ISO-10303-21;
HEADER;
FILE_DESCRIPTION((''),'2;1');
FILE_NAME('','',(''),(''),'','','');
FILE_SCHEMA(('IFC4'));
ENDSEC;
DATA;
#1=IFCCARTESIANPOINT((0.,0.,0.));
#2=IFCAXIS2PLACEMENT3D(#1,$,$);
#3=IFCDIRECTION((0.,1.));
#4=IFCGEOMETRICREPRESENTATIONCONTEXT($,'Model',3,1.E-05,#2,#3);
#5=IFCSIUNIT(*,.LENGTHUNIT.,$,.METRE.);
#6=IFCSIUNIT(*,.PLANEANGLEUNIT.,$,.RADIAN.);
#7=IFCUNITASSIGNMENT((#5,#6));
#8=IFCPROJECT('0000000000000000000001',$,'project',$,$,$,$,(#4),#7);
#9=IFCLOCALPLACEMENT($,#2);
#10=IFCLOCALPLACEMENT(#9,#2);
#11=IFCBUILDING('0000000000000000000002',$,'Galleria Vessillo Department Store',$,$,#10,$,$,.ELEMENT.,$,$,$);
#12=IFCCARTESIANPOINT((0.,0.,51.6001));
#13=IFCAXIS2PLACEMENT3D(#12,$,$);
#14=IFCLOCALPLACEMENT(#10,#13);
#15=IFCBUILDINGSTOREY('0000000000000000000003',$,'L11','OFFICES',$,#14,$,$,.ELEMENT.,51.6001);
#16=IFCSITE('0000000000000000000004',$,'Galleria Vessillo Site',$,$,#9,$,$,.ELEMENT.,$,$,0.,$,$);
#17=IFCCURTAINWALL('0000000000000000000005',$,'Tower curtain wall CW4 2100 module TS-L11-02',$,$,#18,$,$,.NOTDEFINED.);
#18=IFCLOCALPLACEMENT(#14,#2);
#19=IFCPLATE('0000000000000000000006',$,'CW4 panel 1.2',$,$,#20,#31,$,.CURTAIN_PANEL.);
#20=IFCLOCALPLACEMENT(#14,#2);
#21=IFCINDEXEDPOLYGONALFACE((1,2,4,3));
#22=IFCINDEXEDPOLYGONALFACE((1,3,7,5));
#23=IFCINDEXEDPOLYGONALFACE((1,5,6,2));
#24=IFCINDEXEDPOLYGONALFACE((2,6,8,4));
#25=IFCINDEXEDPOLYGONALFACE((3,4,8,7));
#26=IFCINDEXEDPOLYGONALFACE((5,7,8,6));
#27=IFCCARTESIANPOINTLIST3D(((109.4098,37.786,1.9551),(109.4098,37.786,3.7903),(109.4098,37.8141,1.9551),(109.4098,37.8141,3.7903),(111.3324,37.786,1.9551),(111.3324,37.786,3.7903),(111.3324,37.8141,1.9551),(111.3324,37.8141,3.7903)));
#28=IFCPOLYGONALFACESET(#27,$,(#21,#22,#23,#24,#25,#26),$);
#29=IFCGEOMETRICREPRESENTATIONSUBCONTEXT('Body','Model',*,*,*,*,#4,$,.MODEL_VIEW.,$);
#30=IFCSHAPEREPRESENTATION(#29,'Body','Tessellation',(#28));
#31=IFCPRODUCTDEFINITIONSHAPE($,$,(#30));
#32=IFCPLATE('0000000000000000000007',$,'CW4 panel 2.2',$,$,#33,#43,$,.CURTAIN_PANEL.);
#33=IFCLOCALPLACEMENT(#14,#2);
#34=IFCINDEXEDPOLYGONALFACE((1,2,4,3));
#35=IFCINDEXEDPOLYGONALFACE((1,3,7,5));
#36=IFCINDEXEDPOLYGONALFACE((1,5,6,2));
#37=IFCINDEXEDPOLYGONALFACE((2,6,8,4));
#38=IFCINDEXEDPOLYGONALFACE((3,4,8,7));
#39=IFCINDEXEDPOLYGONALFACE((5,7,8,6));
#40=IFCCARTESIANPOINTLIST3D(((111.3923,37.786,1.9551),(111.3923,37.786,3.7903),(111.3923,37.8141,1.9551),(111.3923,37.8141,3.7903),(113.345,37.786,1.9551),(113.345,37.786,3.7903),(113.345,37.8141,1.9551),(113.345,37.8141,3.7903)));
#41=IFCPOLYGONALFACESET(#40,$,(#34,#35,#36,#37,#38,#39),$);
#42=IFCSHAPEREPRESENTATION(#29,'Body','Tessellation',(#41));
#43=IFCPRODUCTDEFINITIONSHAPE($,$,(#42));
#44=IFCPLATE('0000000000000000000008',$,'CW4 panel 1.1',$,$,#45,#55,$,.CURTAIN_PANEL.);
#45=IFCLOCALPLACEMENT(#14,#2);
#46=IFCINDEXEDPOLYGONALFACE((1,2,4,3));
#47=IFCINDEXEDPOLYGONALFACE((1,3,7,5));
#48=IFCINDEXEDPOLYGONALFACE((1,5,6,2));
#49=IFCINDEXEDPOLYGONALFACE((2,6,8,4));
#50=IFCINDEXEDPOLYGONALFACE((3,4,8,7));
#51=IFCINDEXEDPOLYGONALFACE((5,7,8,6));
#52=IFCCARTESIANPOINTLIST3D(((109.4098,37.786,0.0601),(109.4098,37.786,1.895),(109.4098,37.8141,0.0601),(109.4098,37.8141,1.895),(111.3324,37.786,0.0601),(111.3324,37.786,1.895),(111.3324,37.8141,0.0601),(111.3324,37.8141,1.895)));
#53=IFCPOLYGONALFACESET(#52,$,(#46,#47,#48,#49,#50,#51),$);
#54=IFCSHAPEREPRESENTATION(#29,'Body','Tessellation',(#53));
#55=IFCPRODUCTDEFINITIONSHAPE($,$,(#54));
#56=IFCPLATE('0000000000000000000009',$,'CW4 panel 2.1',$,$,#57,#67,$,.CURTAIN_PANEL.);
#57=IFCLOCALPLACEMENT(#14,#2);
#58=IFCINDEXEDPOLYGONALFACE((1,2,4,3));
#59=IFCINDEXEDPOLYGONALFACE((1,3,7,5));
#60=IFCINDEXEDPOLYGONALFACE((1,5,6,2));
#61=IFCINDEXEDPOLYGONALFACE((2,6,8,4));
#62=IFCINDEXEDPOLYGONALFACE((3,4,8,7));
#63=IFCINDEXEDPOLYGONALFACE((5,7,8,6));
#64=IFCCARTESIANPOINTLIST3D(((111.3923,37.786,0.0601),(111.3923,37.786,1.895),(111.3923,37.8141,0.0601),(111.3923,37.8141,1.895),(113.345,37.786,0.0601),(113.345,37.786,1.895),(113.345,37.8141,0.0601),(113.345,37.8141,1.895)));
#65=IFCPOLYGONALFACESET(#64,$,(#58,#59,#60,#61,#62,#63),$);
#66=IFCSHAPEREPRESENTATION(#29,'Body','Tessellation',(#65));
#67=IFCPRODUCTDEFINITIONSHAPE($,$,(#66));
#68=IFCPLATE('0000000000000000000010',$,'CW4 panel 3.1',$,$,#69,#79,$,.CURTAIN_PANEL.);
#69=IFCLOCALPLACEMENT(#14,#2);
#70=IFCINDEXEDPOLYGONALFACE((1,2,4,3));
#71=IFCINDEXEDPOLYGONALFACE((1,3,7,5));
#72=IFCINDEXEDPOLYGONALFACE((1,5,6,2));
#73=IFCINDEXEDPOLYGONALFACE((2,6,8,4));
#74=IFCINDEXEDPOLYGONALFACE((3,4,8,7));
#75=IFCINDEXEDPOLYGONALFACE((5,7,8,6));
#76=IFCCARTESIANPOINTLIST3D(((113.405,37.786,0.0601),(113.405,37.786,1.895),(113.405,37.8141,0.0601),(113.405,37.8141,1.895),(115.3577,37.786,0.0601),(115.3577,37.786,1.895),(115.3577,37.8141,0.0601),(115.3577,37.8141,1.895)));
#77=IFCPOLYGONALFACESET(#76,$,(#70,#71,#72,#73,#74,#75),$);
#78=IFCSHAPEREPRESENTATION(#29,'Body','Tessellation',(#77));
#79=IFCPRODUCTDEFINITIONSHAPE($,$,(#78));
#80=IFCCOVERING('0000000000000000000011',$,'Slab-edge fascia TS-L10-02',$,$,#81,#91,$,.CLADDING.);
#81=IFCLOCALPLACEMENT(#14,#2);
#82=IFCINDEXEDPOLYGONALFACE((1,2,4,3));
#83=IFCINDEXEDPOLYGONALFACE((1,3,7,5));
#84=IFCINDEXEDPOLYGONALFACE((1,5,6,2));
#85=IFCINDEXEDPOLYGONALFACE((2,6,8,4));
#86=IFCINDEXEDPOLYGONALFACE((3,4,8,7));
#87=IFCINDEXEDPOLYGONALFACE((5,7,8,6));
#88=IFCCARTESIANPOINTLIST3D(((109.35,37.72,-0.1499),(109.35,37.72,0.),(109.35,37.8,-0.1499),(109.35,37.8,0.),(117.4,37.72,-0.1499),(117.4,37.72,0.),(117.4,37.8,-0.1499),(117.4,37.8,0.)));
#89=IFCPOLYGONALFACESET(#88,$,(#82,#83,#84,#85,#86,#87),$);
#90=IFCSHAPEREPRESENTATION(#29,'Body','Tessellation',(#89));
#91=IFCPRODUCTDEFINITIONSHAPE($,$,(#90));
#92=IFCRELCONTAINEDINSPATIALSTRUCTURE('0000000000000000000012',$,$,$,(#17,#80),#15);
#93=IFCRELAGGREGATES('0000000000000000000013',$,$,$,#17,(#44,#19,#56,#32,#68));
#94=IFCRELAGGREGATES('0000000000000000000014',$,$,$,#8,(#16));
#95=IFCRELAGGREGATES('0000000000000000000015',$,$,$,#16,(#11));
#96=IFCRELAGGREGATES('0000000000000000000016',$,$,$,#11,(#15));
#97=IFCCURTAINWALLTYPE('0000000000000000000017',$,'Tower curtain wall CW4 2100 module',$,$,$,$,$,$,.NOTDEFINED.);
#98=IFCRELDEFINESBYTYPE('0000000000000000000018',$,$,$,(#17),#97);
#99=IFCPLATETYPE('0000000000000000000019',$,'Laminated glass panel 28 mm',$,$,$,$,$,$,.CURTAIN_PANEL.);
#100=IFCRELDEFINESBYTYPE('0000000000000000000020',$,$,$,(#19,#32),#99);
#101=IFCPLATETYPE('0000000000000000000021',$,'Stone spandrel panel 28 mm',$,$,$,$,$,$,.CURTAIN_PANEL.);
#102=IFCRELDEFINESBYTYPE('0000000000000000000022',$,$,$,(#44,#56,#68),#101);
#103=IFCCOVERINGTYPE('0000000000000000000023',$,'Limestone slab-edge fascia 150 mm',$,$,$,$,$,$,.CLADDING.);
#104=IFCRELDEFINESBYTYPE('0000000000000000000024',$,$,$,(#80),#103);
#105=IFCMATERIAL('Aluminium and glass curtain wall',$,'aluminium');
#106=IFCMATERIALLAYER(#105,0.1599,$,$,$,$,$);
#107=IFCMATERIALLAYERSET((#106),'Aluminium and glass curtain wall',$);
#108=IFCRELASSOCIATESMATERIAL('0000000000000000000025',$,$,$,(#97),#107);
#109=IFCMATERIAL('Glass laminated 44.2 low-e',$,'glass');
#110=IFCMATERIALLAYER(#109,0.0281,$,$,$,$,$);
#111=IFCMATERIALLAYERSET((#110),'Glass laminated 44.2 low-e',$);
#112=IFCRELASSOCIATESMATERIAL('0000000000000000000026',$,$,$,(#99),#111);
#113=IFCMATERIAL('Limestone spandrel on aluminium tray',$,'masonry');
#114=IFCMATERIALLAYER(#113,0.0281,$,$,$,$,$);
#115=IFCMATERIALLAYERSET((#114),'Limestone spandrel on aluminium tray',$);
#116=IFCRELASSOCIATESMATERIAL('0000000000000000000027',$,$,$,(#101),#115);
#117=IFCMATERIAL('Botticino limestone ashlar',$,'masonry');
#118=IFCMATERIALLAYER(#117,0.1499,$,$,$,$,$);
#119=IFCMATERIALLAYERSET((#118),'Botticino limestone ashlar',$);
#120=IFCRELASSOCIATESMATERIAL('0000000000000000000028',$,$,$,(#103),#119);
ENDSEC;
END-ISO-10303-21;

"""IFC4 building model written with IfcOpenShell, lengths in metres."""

from ifc_helpers import new_model, si_unit, direction, frame, origin, origin_2d, place, context, subcontext, project, spatial, rectangle, extrude, material, layer, layer_set, type_object, element, aggregate, save


model = new_model("IFC4")

# Units and contexts
model_context = context("Model", 3, precision=1e-05, world=origin(), true_north=direction((0.0, 1.0)))
body_context = subcontext(model_context, "Body", "Model", "MODEL_VIEW")
ifc_project = project(units=[si_unit("LENGTHUNIT", "METRE"), si_unit("PLANEANGLEUNIT", "RADIAN")], contexts=[model_context])

# Site, building, storey
site_placement = place(None, origin())
site = spatial("IfcSite", under=ifc_project, at=site_placement, Name="Galleria Vessillo Site", CompositionType="ELEMENT", RefElevation=0.0)
building_placement = place(site_placement, origin())
building = spatial("IfcBuilding", under=site, at=building_placement, Name="Galleria Vessillo Department Store", CompositionType="ELEMENT")
storey_placement = place(building_placement, frame((0.0, 0.0, 51.6001)))
storey = spatial("IfcBuildingStorey", under=building, at=storey_placement, Name="L11", Description="OFFICES", CompositionType="ELEMENT", Elevation=51.6001)

# Curtain wall
ifc_material_1 = material(Name="Aluminium and glass curtain wall", Category="aluminium")
ifc_layer_1 = layer(ifc_material_1, 0.1599)
ifc_layer_set_1 = layer_set([ifc_layer_1], Name="Aluminium and glass curtain wall")
curtain_wall_type = type_object("IfcCurtainWallType", Name="Tower curtain wall CW4 2100 module", PredefinedType="NOTDEFINED", material=ifc_layer_set_1)
curtain_wall_placement = place(storey_placement, origin())
curtain_wall = element("IfcCurtainWall", 1, at=curtain_wall_placement, inside=storey, type_object=curtain_wall_type, Name="Tower curtain wall CW4 2100 module TS-L11-02", PredefinedType="NOTDEFINED")

# Plates
ifc_material_2 = material(Name="Glass laminated 44.2 low-e", Category="glass")
ifc_layer_2 = layer(ifc_material_2, 0.0281)
ifc_layer_set_2 = layer_set([ifc_layer_2], Name="Glass laminated 44.2 low-e")
plate_type_1 = type_object("IfcPlateType", Name="Laminated glass panel 28 mm", PredefinedType="CURTAIN_PANEL", material=ifc_layer_set_2)
plate_1_placement = place(storey_placement, frame((110.3711, 37.8, 1.9551), z_axis=(0.0, 0.0, 1.0), x_axis=(1.0, 0.0, 0.0)))
plate_1 = element("IfcPlate", 2, at=plate_1_placement, type_object=plate_type_1, Name="CW4 panel 1.2", PredefinedType="CURTAIN_PANEL", context=body_context, shape_type="SweptSolid", body=[
    extrude(rectangle(XDim=1.9226, YDim=0.0281, at=origin_2d()), origin(), (0.0, 0.0, 1.0), 1.8352),
])
plate_2_placement = place(storey_placement, frame((112.3687, 37.8, 1.9551), z_axis=(0.0, 0.0, 1.0), x_axis=(1.0, 0.0, 0.0)))
plate_2 = element("IfcPlate", 3, at=plate_2_placement, type_object=plate_type_1, Name="CW4 panel 2.2", PredefinedType="CURTAIN_PANEL", context=body_context, shape_type="SweptSolid", body=[
    extrude(rectangle(XDim=1.9526, YDim=0.0281, at=origin_2d()), origin(), (0.0, 0.0, 1.0), 1.8352),
])
ifc_material_3 = material(Name="Limestone spandrel on aluminium tray", Category="masonry")
ifc_layer_3 = layer(ifc_material_3, 0.0281)
ifc_layer_set_3 = layer_set([ifc_layer_3], Name="Limestone spandrel on aluminium tray")
plate_type_2 = type_object("IfcPlateType", Name="Stone spandrel panel 28 mm", PredefinedType="CURTAIN_PANEL", material=ifc_layer_set_3)
plate_3_placement = place(storey_placement, frame((110.3711, 37.8, 0.0601), z_axis=(0.0, 0.0, 1.0), x_axis=(1.0, 0.0, 0.0)))
plate_3 = element("IfcPlate", 4, at=plate_3_placement, type_object=plate_type_2, Name="CW4 panel 1.1", PredefinedType="CURTAIN_PANEL", context=body_context, shape_type="SweptSolid", body=[
    extrude(rectangle(XDim=1.9226, YDim=0.0281, at=origin_2d()), origin(), (0.0, 0.0, 1.0), 1.835),
])
plate_4_placement = place(storey_placement, frame((112.3687, 37.8, 0.0601), z_axis=(0.0, 0.0, 1.0), x_axis=(1.0, 0.0, 0.0)))
plate_4 = element("IfcPlate", 5, at=plate_4_placement, type_object=plate_type_2, Name="CW4 panel 2.1", PredefinedType="CURTAIN_PANEL", context=body_context, shape_type="SweptSolid", body=[
    extrude(rectangle(XDim=1.9526, YDim=0.0281, at=origin_2d()), origin(), (0.0, 0.0, 1.0), 1.835),
])
plate_5_placement = place(storey_placement, frame((114.3813, 37.8, 0.0601), z_axis=(0.0, 0.0, 1.0), x_axis=(1.0, 0.0, 0.0)))
plate_5 = element("IfcPlate", 6, at=plate_5_placement, type_object=plate_type_2, Name="CW4 panel 3.1", PredefinedType="CURTAIN_PANEL", context=body_context, shape_type="SweptSolid", body=[
    extrude(rectangle(XDim=1.9526, YDim=0.0281, at=origin_2d()), origin(), (0.0, 0.0, 1.0), 1.835),
])
aggregate(curtain_wall, [plate_3, plate_1, plate_4, plate_2, plate_5])

# Covering
ifc_material_4 = material(Name="Botticino limestone ashlar", Category="masonry")
ifc_layer_4 = layer(ifc_material_4, 0.1499)
ifc_layer_set_4 = layer_set([ifc_layer_4], Name="Botticino limestone ashlar")
covering_type = type_object("IfcCoveringType", Name="Limestone slab-edge fascia 150 mm", PredefinedType="CLADDING", material=ifc_layer_set_4)
covering_placement = place(storey_placement, frame((113.375, 37.76, -0.1499), z_axis=(0.0, 0.0, 1.0), x_axis=(1.0, 0.0, 0.0)))
element("IfcCovering", 7, at=covering_placement, inside=storey, type_object=covering_type, Name="Slab-edge fascia TS-L10-02", PredefinedType="CLADDING", context=body_context, shape_type="SweptSolid", body=[
    extrude(rectangle(XDim=8.05, YDim=0.0801, at=origin_2d()), origin(), (0.0, 0.0, 1.0), 0.1499),
])

save(model, "model.ifc")
